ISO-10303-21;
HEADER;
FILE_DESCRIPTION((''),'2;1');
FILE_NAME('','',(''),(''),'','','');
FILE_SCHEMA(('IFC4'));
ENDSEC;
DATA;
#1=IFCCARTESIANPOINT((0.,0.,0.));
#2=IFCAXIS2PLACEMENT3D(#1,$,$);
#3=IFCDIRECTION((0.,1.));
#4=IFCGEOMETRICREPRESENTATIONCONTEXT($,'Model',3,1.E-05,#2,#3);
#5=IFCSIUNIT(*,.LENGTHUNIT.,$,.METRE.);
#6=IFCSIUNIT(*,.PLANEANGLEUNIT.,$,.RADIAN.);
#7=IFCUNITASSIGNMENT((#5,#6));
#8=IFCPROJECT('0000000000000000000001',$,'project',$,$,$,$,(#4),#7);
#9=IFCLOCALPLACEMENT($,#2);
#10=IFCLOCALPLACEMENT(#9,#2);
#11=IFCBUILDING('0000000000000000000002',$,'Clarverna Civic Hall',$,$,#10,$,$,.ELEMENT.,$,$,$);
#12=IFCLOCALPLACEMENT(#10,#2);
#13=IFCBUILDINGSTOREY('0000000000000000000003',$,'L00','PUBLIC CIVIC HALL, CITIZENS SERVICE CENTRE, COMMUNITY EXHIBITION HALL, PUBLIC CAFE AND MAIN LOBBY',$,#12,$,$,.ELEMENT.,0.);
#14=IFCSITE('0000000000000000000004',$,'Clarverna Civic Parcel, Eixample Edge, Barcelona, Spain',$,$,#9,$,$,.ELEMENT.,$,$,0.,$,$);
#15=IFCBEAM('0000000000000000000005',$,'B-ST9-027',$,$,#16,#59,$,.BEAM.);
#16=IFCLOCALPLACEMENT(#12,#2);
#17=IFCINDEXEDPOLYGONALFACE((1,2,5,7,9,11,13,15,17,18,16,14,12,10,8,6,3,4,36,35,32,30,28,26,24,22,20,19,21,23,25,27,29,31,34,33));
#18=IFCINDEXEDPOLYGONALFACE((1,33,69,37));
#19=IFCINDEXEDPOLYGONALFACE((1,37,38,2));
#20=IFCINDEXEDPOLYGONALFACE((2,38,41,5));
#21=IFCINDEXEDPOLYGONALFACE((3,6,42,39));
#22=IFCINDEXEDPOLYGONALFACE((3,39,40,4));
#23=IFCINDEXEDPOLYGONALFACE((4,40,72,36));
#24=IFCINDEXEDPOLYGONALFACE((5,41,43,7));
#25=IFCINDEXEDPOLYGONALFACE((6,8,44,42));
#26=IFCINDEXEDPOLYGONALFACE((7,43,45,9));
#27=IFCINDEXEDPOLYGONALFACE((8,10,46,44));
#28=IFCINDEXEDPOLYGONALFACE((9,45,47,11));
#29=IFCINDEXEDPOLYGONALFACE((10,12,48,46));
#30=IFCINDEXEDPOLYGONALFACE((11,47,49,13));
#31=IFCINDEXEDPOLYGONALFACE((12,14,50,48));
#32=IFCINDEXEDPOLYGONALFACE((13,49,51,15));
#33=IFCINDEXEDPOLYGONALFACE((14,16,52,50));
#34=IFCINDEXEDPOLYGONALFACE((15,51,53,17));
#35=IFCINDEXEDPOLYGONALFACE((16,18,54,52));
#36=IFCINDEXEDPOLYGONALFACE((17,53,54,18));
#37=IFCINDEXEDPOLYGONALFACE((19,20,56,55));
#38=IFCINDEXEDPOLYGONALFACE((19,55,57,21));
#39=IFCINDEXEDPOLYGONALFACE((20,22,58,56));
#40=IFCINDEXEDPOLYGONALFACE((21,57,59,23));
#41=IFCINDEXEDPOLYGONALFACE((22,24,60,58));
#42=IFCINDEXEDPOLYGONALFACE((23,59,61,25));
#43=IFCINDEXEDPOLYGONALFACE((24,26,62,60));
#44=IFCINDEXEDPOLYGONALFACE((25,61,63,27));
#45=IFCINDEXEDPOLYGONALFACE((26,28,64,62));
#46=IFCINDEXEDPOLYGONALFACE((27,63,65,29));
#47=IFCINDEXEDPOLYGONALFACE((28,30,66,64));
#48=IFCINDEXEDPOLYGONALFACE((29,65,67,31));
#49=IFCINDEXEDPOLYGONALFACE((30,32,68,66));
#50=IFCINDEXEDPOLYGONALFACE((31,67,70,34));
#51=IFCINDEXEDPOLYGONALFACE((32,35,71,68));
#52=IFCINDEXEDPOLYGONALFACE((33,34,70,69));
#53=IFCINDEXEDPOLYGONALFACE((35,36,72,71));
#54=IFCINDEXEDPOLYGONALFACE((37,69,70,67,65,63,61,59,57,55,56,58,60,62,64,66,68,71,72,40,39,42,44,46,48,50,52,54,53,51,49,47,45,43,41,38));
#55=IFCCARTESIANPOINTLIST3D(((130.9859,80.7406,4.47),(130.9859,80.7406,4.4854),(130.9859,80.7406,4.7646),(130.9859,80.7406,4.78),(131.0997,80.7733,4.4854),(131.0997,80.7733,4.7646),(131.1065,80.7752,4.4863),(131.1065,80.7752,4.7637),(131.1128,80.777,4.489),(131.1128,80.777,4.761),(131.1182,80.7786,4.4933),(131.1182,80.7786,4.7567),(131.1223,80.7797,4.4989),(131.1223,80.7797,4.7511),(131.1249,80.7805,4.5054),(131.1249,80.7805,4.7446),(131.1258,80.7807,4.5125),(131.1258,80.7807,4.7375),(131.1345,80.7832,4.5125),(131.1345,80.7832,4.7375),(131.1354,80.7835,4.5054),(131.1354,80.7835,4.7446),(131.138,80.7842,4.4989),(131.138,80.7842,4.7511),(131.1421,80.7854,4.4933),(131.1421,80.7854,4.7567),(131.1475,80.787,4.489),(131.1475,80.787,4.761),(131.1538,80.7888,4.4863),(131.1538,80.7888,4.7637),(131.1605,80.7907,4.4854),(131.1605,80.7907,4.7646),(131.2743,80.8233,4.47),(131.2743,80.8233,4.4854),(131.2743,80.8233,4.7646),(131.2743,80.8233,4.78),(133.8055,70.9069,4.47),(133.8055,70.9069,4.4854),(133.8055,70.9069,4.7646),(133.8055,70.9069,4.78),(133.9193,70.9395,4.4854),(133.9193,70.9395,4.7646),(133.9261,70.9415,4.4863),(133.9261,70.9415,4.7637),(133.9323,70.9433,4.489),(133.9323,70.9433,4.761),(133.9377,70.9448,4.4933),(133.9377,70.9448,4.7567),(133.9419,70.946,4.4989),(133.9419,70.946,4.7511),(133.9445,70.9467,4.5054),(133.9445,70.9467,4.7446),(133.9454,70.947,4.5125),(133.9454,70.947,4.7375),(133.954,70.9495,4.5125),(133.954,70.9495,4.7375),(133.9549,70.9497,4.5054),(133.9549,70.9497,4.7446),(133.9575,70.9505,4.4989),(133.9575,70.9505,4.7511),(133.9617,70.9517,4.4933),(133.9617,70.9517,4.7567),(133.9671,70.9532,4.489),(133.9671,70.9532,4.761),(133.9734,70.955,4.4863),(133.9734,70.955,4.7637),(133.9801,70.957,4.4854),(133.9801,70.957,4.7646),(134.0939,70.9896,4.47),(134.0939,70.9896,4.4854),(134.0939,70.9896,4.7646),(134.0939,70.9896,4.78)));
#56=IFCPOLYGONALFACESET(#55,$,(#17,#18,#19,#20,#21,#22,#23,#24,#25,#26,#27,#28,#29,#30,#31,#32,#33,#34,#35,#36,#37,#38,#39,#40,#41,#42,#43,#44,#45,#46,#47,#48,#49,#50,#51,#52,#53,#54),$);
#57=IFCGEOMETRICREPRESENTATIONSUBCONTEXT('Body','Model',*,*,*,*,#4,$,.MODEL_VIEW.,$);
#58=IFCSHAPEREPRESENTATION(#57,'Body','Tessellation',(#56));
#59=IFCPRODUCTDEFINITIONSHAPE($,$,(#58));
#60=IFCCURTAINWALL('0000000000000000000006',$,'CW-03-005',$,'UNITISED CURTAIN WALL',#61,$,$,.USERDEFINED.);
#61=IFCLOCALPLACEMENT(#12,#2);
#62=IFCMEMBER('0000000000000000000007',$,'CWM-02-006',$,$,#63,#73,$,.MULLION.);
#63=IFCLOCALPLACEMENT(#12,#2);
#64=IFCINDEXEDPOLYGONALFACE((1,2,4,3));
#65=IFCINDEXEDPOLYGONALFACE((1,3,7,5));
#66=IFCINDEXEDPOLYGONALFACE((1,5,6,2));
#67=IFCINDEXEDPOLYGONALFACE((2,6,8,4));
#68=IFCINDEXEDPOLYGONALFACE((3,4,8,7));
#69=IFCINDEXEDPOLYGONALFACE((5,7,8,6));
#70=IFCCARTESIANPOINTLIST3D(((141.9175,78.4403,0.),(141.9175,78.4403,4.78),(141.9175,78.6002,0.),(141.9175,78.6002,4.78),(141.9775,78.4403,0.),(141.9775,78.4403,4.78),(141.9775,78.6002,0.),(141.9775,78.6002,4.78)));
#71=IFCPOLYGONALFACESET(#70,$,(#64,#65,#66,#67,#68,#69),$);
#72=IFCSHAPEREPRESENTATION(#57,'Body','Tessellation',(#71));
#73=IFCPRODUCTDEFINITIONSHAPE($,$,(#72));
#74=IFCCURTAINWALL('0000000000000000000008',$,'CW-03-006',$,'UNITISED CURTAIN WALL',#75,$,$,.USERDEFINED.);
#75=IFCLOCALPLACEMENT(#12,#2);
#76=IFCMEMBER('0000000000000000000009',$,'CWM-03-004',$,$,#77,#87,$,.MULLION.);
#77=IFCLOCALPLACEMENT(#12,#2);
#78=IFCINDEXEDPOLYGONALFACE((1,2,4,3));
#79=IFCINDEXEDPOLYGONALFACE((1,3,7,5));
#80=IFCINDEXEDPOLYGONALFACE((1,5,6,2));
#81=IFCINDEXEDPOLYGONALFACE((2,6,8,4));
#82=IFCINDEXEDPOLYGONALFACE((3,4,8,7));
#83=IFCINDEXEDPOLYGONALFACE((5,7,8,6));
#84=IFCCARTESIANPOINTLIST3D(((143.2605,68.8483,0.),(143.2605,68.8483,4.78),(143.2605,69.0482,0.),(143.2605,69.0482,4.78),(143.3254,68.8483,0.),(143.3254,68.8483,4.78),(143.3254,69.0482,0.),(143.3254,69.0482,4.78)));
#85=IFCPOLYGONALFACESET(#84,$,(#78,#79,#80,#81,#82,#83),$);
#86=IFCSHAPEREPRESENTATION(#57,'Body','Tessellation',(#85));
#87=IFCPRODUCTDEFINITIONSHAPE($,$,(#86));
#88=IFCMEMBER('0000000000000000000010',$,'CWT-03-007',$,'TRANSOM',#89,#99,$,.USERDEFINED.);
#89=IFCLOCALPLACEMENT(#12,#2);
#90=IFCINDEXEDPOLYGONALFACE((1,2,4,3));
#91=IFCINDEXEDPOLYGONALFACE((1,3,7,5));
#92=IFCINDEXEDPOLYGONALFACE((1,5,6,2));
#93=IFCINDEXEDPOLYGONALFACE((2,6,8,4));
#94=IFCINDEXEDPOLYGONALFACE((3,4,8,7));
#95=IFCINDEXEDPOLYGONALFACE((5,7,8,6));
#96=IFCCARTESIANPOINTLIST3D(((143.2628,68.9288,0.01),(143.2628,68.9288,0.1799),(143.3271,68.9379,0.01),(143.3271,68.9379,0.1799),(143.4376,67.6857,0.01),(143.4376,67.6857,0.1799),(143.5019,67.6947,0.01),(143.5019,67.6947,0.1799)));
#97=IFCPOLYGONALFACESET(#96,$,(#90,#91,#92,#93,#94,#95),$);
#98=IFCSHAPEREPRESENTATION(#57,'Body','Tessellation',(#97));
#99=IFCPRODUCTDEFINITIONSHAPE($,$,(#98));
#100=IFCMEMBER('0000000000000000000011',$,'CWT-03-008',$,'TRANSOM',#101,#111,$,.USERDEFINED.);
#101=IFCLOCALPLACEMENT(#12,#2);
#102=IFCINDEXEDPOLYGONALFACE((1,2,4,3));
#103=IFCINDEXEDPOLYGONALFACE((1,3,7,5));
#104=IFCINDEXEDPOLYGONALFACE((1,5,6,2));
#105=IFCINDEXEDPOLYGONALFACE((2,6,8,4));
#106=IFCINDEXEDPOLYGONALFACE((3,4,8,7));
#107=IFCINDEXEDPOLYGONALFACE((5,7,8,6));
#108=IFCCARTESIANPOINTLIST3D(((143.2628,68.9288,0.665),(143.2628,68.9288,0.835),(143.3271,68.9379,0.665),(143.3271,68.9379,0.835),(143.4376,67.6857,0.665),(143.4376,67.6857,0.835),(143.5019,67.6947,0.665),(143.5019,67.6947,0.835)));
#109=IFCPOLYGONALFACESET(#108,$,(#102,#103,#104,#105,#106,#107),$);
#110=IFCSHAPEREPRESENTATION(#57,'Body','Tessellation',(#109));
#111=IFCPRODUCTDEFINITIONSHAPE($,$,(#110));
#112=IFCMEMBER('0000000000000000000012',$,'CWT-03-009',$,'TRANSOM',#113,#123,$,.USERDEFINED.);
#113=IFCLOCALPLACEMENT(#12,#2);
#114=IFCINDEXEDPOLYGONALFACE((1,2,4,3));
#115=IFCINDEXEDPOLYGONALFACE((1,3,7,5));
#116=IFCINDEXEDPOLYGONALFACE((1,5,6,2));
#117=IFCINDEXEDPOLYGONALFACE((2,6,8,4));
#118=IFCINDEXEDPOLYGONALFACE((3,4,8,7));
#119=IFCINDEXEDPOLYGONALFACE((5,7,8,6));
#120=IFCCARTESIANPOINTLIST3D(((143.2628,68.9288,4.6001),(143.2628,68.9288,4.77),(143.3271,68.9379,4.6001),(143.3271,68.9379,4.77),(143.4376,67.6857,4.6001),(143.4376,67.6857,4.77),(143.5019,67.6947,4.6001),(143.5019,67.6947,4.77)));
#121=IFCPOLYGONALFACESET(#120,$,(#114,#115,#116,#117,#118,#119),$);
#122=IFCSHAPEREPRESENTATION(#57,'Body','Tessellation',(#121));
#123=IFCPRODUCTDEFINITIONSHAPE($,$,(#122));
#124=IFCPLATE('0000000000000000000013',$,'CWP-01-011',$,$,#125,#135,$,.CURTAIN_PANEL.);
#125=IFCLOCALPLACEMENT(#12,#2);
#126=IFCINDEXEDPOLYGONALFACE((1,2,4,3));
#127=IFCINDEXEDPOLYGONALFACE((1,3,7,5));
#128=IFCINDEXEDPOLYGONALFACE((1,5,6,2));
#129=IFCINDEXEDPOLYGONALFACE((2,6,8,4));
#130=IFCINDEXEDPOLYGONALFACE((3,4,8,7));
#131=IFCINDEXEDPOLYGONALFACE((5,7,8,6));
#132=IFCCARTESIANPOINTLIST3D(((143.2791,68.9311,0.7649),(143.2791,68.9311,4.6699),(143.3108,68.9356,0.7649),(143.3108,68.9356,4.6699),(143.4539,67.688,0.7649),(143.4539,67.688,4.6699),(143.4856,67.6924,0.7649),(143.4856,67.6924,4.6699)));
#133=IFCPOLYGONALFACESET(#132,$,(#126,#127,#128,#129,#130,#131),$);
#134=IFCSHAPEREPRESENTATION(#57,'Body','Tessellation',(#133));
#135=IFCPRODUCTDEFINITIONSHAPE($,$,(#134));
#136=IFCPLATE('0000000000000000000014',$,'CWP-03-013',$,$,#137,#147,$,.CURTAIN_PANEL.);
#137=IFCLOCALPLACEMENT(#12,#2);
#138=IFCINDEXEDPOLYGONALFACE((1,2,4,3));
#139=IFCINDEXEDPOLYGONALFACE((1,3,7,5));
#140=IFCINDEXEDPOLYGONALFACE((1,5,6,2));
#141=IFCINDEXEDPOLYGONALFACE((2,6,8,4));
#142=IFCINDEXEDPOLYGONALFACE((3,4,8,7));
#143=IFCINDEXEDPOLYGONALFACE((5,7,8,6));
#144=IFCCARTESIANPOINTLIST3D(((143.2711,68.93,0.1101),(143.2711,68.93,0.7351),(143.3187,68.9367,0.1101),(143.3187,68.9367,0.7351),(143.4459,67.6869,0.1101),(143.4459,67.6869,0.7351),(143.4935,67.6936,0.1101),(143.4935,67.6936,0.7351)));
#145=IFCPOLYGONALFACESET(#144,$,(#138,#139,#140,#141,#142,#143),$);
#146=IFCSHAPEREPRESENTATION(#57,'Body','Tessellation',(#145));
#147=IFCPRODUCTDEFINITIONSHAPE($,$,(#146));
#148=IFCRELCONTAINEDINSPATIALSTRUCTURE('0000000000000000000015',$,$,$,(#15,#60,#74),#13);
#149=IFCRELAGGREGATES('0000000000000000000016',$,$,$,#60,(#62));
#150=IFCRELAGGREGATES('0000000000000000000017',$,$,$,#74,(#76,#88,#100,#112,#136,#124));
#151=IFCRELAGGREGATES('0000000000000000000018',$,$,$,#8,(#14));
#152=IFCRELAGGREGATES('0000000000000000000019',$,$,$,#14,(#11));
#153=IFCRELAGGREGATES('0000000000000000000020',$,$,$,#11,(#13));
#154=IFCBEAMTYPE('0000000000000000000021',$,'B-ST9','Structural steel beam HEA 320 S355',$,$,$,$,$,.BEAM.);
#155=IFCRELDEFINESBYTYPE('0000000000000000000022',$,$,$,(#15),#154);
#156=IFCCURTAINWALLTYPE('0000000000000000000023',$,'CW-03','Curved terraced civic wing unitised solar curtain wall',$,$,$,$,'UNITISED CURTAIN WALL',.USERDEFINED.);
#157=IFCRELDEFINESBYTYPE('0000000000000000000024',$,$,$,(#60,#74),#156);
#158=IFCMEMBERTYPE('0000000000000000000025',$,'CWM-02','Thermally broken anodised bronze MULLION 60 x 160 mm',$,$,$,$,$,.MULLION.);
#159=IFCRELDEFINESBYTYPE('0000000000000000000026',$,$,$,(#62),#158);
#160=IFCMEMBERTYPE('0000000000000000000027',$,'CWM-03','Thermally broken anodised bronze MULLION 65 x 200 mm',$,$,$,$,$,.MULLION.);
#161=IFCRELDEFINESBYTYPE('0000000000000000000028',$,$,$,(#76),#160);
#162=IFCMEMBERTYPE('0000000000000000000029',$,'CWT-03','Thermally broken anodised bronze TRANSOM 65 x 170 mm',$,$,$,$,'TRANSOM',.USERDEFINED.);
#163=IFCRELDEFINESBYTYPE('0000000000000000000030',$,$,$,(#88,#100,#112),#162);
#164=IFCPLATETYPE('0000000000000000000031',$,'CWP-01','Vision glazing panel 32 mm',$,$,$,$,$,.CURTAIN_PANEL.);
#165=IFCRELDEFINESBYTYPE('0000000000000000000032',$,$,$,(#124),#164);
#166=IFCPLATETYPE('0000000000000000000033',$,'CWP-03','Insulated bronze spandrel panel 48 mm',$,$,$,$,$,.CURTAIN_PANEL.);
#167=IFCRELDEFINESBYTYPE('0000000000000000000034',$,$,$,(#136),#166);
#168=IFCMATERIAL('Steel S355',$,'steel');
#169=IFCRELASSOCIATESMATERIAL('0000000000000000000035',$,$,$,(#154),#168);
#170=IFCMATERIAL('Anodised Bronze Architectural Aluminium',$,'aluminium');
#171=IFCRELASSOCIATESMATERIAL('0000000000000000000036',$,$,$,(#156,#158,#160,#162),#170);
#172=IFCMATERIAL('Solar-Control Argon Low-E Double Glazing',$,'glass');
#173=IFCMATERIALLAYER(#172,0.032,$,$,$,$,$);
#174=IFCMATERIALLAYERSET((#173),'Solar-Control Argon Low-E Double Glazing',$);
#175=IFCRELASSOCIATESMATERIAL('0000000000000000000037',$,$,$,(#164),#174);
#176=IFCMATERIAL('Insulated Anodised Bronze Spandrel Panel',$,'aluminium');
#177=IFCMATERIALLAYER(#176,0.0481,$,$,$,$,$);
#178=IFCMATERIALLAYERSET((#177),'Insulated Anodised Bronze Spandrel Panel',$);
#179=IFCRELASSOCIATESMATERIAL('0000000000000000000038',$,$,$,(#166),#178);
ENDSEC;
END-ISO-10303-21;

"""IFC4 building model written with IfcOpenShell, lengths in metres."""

from ifc_helpers import new_model, si_unit, direction, frame, frame_2d, origin, origin_2d, place, context, subcontext, project, spatial, rectangle, i_section, extrude, material, layer, layer_set, material_profile, profile_set, type_object, element, aggregate, save


model = new_model("IFC4")

# Units and contexts
model_context = context("Model", 3, precision=1e-05, world=origin(), true_north=direction((0.0, 1.0)))
body_context = subcontext(model_context, "Body", "Model", "MODEL_VIEW")
ifc_project = project(units=[si_unit("LENGTHUNIT", "METRE"), si_unit("PLANEANGLEUNIT", "RADIAN")], contexts=[model_context])

# Site, building, storey
site_placement = place(None, origin())
site = spatial("IfcSite", under=ifc_project, at=site_placement, Name="Clarverna Civic Parcel, Eixample Edge, Barcelona, Spain", CompositionType="ELEMENT", RefElevation=0.0)
building_placement = place(site_placement, origin())
building = spatial("IfcBuilding", under=site, at=building_placement, Name="Clarverna Civic Hall", CompositionType="ELEMENT")
storey_placement = place(building_placement, origin())
storey = spatial("IfcBuildingStorey", under=building, at=storey_placement, Name="L00", Description="PUBLIC CIVIC HALL, CITIZENS SERVICE CENTRE, COMMUNITY EXHIBITION HALL, PUBLIC CAFE AND MAIN LOBBY", CompositionType="ELEMENT", Elevation=0.0)

# Beam
ifc_material_1 = material(Name="Steel S355", Category="steel")
ifc_material_profile_1 = material_profile(ifc_material_1, i_section(OverallWidth=0.3, OverallDepth=0.3101, WebThickness=0.009, FlangeThickness=0.0154, FilletRadius=0.0271, at=origin_2d()), Name="HEA 320")
ifc_profile_set_1 = profile_set([ifc_material_profile_1], Name="Steel S355")
beam_type_1 = type_object("IfcBeamType", Name="B-ST9", Description="Structural steel beam HEA 320 S355", PredefinedType="BEAM", material=ifc_profile_set_1)
beam_1_placement = place(storey_placement, frame((133.9497, 70.9482, 4.625), z_axis=(-0.275619, 0.961267, 0.0), x_axis=(-0.961267, -0.275619, 0.0)))
element("IfcBeam", 1, at=beam_1_placement, inside=storey, type_object=beam_type_1, Name="B-ST9-027", PredefinedType="BEAM", context=body_context, shape_type="SweptSolid", body=[
    extrude(i_section(OverallWidth=0.3, OverallDepth=0.3101, WebThickness=0.009, FlangeThickness=0.0154, FilletRadius=0.0271, at=origin_2d()), origin(), (0.0, 0.0, 1.0), 10.23),
])

# Curtain wall, member
ifc_material_2 = material(Name="Anodised Bronze Architectural Aluminium", Category="aluminium")
curtain_wall_type = type_object("IfcCurtainWallType", Name="CW-03", Description="Curved terraced civic wing unitised solar curtain wall", ElementType="UNITISED CURTAIN WALL", PredefinedType="USERDEFINED", material=ifc_material_2)
curtain_wall_1_placement = place(storey_placement, origin())
curtain_wall_1 = element("IfcCurtainWall", 2, at=curtain_wall_1_placement, inside=storey, type_object=curtain_wall_type, Name="CW-03-005", ObjectType="UNITISED CURTAIN WALL", PredefinedType="USERDEFINED")
ifc_material_profile_2 = material_profile(ifc_material_2, rectangle(XDim=0.0601, YDim=0.1599, at=origin_2d()), Name="BRONZE 60x160")
ifc_profile_set_2 = profile_set([ifc_material_profile_2], Name="Anodised Bronze Architectural Aluminium")
member_type_1 = type_object("IfcMemberType", Name="CWM-02", Description="Thermally broken anodised bronze MULLION 60 x 160 mm", PredefinedType="MULLION", material=ifc_profile_set_2)
member_1_placement = place(storey_placement, frame((141.9475, 78.5203, 0.0), z_axis=(0.0, 0.0, 1.0), x_axis=(1.0, 0.0, 0.0)))
member_1 = element("IfcMember", 3, at=member_1_placement, type_object=member_type_1, Name="CWM-02-006", PredefinedType="MULLION", context=body_context, shape_type="SweptSolid", body=[
    extrude(rectangle(XDim=0.0601, YDim=0.1599, at=origin_2d()), origin(), (0.0, 0.0, 1.0), 4.78),
])
aggregate(curtain_wall_1, [member_1])

# Curtain wall, members, plates
curtain_wall_2_placement = place(storey_placement, origin())
curtain_wall_2 = element("IfcCurtainWall", 4, at=curtain_wall_2_placement, inside=storey, type_object=curtain_wall_type, Name="CW-03-006", ObjectType="UNITISED CURTAIN WALL", PredefinedType="USERDEFINED")
ifc_material_profile_3 = material_profile(ifc_material_2, rectangle(XDim=0.0649, YDim=0.2, at=origin_2d()), Name="BRONZE 65x200")
ifc_profile_set_3 = profile_set([ifc_material_profile_3], Name="Anodised Bronze Architectural Aluminium")
member_type_2 = type_object("IfcMemberType", Name="CWM-03", Description="Thermally broken anodised bronze MULLION 65 x 200 mm", PredefinedType="MULLION", material=ifc_profile_set_3)
member_2_placement = place(storey_placement, frame((143.293, 68.9482, 0.0), z_axis=(0.0, 0.0, 1.0), x_axis=(1.0, 0.0, 0.0)))
member_2 = element("IfcMember", 5, at=member_2_placement, type_object=member_type_2, Name="CWM-03-004", PredefinedType="MULLION", context=body_context, shape_type="SweptSolid", body=[
    extrude(rectangle(XDim=0.0649, YDim=0.2, at=origin_2d()), origin(), (0.0, 0.0, 1.0), 4.78),
])
ifc_material_profile_4 = material_profile(ifc_material_2, rectangle(XDim=0.0649, YDim=0.1699, at=origin_2d()), Name="BRONZE 65x170")
ifc_profile_set_4 = profile_set([ifc_material_profile_4], Name="Anodised Bronze Architectural Aluminium")
member_type_3 = type_object("IfcMemberType", Name="CWT-03", Description="Thermally broken anodised bronze TRANSOM 65 x 170 mm", ElementType="TRANSOM", PredefinedType="USERDEFINED", material=ifc_profile_set_4)
member_3_placement = place(storey_placement, frame((143.2949, 68.9333, 0.095), z_axis=(0.139243, -0.990258, 0.0), x_axis=(0.990258, 0.139243, 0.0)))
member_3 = element("IfcMember", 6, at=member_3_placement, type_object=member_type_3, Name="CWT-03-007", ObjectType="TRANSOM", PredefinedType="USERDEFINED", context=body_context, shape_type="SweptSolid", body=[
    extrude(rectangle(XDim=0.0649, YDim=0.1699, at=origin_2d()), origin(), (0.0, 0.0, 1.0), 1.2554),
])
member_4_placement = place(storey_placement, frame((143.2949, 68.9333, 0.75), z_axis=(0.139243, -0.990258, 0.0), x_axis=(0.990258, 0.139243, 0.0)))
member_4 = element("IfcMember", 7, at=member_4_placement, type_object=member_type_3, Name="CWT-03-008", ObjectType="TRANSOM", PredefinedType="USERDEFINED", context=body_context, shape_type="SweptSolid", body=[
    extrude(rectangle(XDim=0.0649, YDim=0.1699, at=origin_2d()), origin(), (0.0, 0.0, 1.0), 1.2554),
])
member_5_placement = place(storey_placement, frame((143.2949, 68.9333, 4.6851), z_axis=(0.139243, -0.990258, 0.0), x_axis=(0.990258, 0.139243, 0.0)))
member_5 = element("IfcMember", 8, at=member_5_placement, type_object=member_type_3, Name="CWT-03-009", ObjectType="TRANSOM", PredefinedType="USERDEFINED", context=body_context, shape_type="SweptSolid", body=[
    extrude(rectangle(XDim=0.0649, YDim=0.1699, at=origin_2d()), origin(), (0.0, 0.0, 1.0), 1.2554),
])
ifc_material_3 = material(Name="Solar-Control Argon Low-E Double Glazing", Category="glass")
ifc_layer_1 = layer(ifc_material_3, 0.032)
ifc_layer_set_1 = layer_set([ifc_layer_1], Name="Solar-Control Argon Low-E Double Glazing")
plate_type_1 = type_object("IfcPlateType", Name="CWP-01", Description="Vision glazing panel 32 mm", PredefinedType="CURTAIN_PANEL", material=ifc_layer_set_1)
plate_1_placement = place(storey_placement, frame((143.2949, 68.9333, 0.7649), z_axis=(0.0, 0.0, 1.0), x_axis=(0.139243, -0.990258, 0.0)))
plate_1 = element("IfcPlate", 9, at=plate_1_placement, type_object=plate_type_1, Name="CWP-01-011", PredefinedType="CURTAIN_PANEL", context=body_context, shape_type="SweptSolid", body=[
    extrude(rectangle(XDim=1.2554, YDim=0.032, at=frame_2d((0.6277, 0.0))), origin(), (0.0, 0.0, 1.0), 3.905),
])
ifc_material_4 = material(Name="Insulated Anodised Bronze Spandrel Panel", Category="aluminium")
ifc_layer_2 = layer(ifc_material_4, 0.0481)
ifc_layer_set_2 = layer_set([ifc_layer_2], Name="Insulated Anodised Bronze Spandrel Panel")
plate_type_2 = type_object("IfcPlateType", Name="CWP-03", Description="Insulated bronze spandrel panel 48 mm", PredefinedType="CURTAIN_PANEL", material=ifc_layer_set_2)
plate_2_placement = place(storey_placement, frame((143.2949, 68.9333, 0.1101), z_axis=(0.0, 0.0, 1.0), x_axis=(0.139243, -0.990258, 0.0)))
plate_2 = element("IfcPlate", 10, at=plate_2_placement, type_object=plate_type_2, Name="CWP-03-013", PredefinedType="CURTAIN_PANEL", context=body_context, shape_type="SweptSolid", body=[
    extrude(rectangle(XDim=1.2554, YDim=0.0481, at=frame_2d((0.6277, 0.0))), origin(), (0.0, 0.0, 1.0), 0.625),
])
aggregate(curtain_wall_2, [member_2, member_3, member_4, member_5, plate_2, plate_1])

save(model, "model.ifc")
